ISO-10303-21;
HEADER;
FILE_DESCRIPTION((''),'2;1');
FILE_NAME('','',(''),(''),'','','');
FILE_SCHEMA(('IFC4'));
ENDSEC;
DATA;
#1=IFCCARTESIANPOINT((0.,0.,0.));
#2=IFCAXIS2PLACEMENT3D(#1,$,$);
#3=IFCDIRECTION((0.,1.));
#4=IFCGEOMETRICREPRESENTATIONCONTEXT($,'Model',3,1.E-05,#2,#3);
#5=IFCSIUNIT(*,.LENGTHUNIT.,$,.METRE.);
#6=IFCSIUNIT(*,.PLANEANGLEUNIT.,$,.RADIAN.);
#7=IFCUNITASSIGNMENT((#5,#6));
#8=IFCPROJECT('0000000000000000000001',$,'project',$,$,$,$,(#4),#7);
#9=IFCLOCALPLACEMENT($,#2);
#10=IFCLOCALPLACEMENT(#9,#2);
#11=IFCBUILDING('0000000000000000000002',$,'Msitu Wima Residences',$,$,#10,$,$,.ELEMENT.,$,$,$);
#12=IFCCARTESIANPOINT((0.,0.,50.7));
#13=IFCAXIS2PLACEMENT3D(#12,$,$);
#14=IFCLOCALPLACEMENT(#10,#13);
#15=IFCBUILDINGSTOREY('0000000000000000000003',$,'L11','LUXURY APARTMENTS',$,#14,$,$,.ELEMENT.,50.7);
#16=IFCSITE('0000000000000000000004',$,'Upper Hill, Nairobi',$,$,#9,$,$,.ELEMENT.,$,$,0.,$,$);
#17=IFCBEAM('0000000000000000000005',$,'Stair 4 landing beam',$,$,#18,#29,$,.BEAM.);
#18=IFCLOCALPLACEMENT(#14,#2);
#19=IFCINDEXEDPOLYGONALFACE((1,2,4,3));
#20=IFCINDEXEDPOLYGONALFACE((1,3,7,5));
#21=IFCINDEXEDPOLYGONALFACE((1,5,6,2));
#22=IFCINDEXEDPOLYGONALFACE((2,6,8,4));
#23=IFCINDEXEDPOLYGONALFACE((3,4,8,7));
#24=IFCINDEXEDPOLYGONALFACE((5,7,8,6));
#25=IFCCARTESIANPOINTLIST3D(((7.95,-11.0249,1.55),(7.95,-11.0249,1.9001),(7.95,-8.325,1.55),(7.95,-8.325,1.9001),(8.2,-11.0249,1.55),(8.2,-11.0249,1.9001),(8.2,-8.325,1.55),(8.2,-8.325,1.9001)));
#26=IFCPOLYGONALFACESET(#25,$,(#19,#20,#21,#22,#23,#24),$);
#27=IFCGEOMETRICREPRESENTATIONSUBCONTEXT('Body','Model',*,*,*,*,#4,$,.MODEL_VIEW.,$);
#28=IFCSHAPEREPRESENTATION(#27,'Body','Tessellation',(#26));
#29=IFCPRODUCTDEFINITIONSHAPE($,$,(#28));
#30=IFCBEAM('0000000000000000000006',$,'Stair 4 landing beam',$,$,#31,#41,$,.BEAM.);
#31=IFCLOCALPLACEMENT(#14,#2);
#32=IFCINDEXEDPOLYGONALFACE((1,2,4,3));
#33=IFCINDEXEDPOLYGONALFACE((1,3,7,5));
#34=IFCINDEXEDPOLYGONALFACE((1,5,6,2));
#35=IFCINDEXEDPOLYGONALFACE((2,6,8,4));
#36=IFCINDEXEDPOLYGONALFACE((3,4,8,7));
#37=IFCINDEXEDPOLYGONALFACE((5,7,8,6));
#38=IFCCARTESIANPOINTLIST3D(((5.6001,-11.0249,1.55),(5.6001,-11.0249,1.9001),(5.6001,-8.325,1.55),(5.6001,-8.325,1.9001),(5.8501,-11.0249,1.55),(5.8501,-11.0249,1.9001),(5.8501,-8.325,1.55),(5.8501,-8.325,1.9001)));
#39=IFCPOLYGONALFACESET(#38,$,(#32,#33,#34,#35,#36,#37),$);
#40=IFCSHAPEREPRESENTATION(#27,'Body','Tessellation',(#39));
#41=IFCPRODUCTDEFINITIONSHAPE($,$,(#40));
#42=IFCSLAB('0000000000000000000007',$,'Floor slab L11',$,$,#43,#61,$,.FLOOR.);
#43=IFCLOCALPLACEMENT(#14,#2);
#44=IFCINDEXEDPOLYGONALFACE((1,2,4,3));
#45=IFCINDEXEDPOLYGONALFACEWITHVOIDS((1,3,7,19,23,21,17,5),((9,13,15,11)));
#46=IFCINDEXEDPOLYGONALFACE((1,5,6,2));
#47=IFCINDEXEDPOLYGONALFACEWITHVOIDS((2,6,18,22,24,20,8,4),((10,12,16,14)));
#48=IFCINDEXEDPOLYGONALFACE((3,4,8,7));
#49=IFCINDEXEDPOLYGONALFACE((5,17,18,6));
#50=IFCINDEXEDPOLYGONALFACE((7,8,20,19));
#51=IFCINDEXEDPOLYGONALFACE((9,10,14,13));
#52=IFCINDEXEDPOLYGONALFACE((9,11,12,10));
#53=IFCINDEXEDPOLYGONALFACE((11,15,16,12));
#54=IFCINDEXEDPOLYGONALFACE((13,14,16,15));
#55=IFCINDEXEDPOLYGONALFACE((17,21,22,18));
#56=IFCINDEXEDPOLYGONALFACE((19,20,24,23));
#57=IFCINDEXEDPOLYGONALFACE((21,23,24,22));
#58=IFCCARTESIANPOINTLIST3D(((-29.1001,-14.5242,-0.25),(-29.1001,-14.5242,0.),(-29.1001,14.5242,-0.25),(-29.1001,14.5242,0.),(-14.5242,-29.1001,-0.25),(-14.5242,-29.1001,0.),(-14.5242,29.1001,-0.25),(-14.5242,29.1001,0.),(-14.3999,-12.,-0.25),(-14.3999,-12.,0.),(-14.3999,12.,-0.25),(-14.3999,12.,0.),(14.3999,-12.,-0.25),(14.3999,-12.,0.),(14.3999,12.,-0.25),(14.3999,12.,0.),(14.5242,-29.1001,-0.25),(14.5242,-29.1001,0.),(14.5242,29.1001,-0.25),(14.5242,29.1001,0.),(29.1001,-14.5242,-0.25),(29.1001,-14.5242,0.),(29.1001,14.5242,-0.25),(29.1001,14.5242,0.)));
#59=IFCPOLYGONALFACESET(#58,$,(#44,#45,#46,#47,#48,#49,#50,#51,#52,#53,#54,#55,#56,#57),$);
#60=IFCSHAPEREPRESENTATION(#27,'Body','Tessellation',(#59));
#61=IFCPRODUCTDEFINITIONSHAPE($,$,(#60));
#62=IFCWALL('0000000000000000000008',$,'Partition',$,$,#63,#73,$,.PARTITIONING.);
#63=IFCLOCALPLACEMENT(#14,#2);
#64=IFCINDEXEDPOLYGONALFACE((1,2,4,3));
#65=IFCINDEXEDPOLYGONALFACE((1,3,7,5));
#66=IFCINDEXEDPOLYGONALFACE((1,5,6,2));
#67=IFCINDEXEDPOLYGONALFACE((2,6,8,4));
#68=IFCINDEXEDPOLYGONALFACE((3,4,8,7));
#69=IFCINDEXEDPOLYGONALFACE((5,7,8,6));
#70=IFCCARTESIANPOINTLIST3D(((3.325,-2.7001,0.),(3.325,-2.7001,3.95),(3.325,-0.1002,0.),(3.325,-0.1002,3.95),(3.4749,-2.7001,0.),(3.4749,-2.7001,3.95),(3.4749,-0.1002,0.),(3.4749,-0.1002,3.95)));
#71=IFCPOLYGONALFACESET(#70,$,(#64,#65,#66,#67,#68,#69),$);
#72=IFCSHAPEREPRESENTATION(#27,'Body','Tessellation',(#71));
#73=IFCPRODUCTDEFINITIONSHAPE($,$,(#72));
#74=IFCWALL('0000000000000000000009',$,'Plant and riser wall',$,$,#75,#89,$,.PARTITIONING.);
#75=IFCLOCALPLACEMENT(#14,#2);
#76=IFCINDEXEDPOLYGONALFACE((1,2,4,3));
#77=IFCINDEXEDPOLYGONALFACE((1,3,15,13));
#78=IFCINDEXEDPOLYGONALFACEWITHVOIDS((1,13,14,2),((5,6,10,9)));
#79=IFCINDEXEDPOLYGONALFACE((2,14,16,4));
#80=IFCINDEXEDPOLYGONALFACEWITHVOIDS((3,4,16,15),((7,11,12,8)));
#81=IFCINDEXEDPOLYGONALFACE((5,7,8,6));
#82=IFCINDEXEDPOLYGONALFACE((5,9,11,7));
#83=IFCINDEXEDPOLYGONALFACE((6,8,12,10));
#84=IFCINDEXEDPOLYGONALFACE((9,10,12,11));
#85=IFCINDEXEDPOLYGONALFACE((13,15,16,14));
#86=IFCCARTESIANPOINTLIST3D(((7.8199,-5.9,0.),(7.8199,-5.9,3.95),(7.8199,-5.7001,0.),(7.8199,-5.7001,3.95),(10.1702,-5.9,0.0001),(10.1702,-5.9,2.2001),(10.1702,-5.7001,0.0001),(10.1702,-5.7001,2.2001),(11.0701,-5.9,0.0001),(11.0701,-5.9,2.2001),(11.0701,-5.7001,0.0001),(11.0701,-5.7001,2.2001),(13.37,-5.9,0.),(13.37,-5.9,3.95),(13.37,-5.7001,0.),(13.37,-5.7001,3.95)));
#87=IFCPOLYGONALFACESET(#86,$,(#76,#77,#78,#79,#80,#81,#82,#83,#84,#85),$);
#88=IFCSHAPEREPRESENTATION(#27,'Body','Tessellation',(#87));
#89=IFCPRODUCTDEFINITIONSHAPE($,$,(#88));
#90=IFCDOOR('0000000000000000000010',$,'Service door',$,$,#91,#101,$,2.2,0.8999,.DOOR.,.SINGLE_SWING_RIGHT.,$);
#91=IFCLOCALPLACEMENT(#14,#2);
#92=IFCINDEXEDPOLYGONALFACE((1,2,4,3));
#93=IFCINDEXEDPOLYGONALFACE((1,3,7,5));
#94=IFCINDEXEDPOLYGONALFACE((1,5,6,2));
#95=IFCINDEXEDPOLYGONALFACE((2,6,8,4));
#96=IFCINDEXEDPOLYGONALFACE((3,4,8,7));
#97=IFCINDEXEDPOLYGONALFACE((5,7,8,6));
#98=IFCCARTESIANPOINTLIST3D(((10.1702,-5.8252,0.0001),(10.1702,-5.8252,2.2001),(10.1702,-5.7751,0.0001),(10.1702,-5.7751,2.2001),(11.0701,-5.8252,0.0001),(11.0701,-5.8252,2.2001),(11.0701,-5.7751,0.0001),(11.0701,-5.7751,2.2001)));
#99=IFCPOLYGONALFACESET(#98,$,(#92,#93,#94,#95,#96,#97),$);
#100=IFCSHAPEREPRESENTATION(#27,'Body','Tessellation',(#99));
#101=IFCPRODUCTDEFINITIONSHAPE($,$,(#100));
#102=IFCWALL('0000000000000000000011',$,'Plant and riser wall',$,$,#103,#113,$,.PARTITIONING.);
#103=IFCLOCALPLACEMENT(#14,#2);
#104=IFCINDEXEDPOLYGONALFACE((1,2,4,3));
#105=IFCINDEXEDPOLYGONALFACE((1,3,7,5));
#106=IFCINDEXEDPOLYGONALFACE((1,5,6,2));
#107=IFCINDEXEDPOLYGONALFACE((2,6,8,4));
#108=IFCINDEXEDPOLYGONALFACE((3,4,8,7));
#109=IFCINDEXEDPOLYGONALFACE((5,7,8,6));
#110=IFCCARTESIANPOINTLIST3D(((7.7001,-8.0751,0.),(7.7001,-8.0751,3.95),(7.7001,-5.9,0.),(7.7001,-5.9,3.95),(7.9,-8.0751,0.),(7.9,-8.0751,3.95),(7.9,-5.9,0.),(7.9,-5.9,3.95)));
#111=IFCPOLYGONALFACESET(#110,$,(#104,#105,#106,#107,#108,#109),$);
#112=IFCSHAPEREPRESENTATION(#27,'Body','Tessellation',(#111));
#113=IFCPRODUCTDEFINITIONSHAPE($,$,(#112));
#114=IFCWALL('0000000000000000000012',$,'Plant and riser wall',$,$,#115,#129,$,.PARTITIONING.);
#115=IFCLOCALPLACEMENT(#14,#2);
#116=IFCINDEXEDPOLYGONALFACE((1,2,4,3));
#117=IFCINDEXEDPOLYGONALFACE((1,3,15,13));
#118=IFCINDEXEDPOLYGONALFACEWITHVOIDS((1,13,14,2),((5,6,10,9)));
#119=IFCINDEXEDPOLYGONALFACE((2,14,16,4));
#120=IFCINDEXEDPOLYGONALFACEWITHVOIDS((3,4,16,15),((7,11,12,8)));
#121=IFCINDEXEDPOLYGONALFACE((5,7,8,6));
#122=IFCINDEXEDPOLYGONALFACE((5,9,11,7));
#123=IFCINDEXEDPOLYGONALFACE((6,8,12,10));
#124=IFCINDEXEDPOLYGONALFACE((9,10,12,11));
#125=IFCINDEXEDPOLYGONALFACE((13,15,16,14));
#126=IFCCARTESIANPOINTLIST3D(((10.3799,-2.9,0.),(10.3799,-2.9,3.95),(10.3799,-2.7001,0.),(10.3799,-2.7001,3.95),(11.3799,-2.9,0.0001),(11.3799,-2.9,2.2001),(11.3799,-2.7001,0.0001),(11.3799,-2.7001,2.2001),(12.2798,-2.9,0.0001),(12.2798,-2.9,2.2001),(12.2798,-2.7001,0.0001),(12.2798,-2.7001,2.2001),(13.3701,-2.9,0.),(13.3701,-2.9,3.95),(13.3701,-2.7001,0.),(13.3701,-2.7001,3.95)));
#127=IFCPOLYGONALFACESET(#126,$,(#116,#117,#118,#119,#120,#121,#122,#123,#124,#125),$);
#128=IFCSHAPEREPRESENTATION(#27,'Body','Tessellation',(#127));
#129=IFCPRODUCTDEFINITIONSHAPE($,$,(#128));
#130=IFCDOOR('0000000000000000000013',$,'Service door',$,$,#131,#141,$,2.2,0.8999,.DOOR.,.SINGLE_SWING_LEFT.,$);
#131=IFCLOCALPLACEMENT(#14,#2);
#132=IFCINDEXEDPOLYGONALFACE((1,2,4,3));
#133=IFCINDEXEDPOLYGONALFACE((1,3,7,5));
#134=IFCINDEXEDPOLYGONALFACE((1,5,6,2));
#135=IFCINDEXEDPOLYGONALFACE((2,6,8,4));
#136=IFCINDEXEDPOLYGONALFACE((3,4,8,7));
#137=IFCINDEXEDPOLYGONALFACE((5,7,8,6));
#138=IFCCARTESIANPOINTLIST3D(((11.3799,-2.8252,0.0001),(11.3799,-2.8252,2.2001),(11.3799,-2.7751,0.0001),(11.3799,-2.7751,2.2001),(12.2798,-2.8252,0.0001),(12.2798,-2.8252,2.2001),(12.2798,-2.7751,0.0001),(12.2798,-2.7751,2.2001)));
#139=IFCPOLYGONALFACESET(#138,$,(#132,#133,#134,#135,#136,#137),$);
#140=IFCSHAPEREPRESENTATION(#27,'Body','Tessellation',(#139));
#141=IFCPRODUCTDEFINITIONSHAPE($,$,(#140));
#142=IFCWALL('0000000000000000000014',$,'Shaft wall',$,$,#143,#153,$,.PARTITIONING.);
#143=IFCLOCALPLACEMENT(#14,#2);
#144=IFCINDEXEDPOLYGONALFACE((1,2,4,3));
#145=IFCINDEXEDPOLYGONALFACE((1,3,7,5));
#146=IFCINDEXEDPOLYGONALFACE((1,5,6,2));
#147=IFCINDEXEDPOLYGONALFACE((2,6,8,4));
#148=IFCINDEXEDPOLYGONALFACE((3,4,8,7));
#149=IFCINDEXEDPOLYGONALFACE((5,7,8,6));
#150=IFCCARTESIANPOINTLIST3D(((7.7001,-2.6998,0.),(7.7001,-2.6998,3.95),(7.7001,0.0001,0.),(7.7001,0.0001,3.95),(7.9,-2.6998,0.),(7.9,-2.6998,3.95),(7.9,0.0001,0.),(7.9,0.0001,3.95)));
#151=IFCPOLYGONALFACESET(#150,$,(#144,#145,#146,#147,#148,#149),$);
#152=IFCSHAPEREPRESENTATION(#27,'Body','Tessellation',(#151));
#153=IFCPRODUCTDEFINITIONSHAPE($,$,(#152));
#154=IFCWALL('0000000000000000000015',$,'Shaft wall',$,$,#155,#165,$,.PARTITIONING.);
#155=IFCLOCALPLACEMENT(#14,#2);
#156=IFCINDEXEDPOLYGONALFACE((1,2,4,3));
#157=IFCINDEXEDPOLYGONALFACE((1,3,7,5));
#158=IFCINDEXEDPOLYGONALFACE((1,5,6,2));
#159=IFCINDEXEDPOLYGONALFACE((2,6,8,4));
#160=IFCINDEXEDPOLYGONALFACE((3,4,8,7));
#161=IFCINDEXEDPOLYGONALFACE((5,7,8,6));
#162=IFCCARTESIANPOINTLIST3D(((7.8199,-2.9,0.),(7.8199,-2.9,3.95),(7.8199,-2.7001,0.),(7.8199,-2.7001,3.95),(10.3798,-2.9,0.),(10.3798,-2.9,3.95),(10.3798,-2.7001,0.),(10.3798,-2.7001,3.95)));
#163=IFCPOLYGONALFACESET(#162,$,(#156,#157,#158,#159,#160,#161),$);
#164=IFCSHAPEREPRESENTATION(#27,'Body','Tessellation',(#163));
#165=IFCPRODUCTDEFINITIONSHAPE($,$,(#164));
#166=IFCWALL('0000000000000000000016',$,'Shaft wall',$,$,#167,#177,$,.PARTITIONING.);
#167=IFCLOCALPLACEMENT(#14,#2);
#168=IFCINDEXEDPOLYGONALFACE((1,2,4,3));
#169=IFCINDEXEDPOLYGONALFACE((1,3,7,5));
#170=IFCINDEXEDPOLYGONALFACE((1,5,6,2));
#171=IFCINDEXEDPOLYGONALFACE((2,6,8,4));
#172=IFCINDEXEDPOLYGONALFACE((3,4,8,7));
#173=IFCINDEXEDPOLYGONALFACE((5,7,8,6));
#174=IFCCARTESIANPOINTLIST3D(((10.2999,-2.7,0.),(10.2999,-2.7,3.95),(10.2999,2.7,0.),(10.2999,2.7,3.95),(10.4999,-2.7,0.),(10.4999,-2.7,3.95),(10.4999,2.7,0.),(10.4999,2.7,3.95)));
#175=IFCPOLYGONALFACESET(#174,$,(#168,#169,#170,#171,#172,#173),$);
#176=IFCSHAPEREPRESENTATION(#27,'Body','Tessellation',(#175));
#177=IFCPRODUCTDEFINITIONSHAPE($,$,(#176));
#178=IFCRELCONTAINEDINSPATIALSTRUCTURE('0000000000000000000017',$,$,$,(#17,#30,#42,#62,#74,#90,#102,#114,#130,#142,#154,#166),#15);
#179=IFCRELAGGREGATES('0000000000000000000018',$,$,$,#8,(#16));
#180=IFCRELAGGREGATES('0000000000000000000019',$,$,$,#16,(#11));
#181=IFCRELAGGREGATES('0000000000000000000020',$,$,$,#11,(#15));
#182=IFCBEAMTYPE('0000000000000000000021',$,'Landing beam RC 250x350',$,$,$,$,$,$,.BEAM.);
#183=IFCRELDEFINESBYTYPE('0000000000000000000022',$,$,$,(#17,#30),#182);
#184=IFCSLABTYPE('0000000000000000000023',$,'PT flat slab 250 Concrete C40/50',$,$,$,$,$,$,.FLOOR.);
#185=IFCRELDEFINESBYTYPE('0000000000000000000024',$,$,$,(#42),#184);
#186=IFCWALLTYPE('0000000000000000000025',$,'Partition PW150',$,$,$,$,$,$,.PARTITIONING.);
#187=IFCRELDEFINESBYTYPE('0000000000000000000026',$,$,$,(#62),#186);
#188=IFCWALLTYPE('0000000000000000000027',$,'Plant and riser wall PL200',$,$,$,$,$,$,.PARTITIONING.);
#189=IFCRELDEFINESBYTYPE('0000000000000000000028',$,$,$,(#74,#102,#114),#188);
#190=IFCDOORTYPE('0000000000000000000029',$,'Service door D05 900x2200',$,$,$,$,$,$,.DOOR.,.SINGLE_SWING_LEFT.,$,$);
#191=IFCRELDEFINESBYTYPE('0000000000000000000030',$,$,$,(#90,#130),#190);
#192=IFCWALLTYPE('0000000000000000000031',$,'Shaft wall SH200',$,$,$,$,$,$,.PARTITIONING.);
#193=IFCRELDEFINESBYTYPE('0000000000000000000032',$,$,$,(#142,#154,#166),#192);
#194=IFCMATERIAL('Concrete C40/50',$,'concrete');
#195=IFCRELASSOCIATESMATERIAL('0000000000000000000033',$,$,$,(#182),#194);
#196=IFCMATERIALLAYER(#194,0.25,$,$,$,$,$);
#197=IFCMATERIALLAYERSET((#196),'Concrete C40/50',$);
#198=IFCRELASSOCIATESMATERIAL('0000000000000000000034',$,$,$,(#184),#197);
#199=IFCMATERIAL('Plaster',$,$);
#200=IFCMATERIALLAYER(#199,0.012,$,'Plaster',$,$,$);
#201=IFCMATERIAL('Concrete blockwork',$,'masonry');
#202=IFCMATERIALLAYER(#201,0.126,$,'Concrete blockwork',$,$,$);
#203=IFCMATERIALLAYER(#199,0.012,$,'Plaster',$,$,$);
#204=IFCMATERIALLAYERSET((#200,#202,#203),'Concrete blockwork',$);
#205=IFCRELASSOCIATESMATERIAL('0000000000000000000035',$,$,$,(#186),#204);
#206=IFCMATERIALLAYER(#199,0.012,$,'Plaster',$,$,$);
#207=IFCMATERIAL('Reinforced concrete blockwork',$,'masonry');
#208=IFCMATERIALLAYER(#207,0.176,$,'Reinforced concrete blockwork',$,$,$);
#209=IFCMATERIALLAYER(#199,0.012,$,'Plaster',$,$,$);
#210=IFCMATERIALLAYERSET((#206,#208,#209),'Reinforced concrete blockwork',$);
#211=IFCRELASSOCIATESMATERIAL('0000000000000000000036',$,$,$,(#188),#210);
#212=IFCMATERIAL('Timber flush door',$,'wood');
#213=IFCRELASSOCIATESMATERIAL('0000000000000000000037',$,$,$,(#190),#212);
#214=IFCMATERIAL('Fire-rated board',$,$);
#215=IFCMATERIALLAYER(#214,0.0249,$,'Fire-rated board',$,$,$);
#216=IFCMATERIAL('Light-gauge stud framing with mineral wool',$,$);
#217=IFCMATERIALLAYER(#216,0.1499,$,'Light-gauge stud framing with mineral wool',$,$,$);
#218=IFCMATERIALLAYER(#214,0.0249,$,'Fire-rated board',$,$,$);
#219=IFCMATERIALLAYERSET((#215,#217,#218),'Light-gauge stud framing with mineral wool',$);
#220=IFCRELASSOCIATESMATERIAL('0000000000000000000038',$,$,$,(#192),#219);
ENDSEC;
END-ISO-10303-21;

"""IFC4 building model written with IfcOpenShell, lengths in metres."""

from ifc_helpers import new_model, si_unit, direction, frame, frame_2d, origin, origin_2d, place, context, subcontext, project, spatial, polyline, rectangle, outline, extrude, material, layer, layer_set, material_profile, profile_set, type_object, element, fill, save


model = new_model("IFC4")

# Units and contexts
model_context = context("Model", 3, precision=1e-05, world=origin(), true_north=direction((0.0, 1.0)))
body_context = subcontext(model_context, "Body", "Model", "MODEL_VIEW")
ifc_project = project(units=[si_unit("LENGTHUNIT", "METRE"), si_unit("PLANEANGLEUNIT", "RADIAN")], contexts=[model_context])

# Site, building, storey
site_placement = place(None, origin())
site = spatial("IfcSite", under=ifc_project, at=site_placement, Name="Upper Hill, Nairobi", CompositionType="ELEMENT", RefElevation=0.0)
building_placement = place(site_placement, origin())
building = spatial("IfcBuilding", under=site, at=building_placement, Name="Msitu Wima Residences", CompositionType="ELEMENT")
storey_placement = place(building_placement, frame((0.0, 0.0, 50.7)))
storey = spatial("IfcBuildingStorey", under=building, at=storey_placement, Name="L11", Description="LUXURY APARTMENTS", CompositionType="ELEMENT", Elevation=50.7)

# Beams
ifc_material_1 = material(Name="Concrete C40/50", Category="concrete")
ifc_material_profile = material_profile(ifc_material_1, rectangle(XDim=0.25, YDim=0.3501, at=origin_2d()), Name="RC 250x350")
ifc_profile_set = profile_set([ifc_material_profile], Name="Concrete C40/50")
beam_type = type_object("IfcBeamType", Name="Landing beam RC 250x350", PredefinedType="BEAM", material=ifc_profile_set)
for number, where, z_axis, x_axis, name in (
    (1, (8.075, -11.0249, 1.7251), (0.0, 1.0, 0.0), (-1.0, 0.0, 0.0), "Stair 4 landing beam"),
    (2, (5.7251, -11.0249, 1.7251), (0.0, 1.0, 0.0), (-1.0, 0.0, 0.0), "Stair 4 landing beam"),
):
    element("IfcBeam", number, at=place(storey_placement, frame(where, z_axis=z_axis, x_axis=x_axis)), inside=storey, type_object=beam_type, Name=name, PredefinedType="BEAM", context=body_context, shape_type="SweptSolid", body=[
        extrude(rectangle(XDim=0.25, YDim=0.3501, at=origin_2d()), origin(), (0.0, 0.0, 1.0), 2.7),
    ])

# Slab
ifc_layer_1 = layer(ifc_material_1, 0.25)
ifc_layer_set_1 = layer_set([ifc_layer_1], Name="Concrete C40/50")
slab_type = type_object("IfcSlabType", Name="PT flat slab 250 Concrete C40/50", PredefinedType="FLOOR", material=ifc_layer_set_1)
slab_placement = place(storey_placement, frame((0.0, 0.0, -0.25)))
element("IfcSlab", 3, at=slab_placement, inside=storey, type_object=slab_type, Name="Floor slab L11", PredefinedType="FLOOR", context=body_context, shape_type="SweptSolid", body=[
    extrude(outline(polyline([(29.1001, -14.5242), (14.5242, -29.1001), (-14.5242, -29.1001), (-29.1001, -14.5242), (-29.1001, 14.5242), (-14.5242, 29.1001), (14.5242, 29.1001), (29.1001, 14.5242), (29.1001, -14.5242)]), holes=[polyline([(-14.3999, -12.0), (14.3999, -12.0), (14.3999, 12.0), (-14.3999, 12.0), (-14.3999, -12.0)])]), origin(), (0.0, 0.0, 1.0), 0.25),
])

# Wall
ifc_material_2 = material(Name="Plaster")
ifc_layer_2 = layer(ifc_material_2, 0.012, Name="Plaster")
ifc_material_3 = material(Name="Concrete blockwork", Category="masonry")
ifc_layer_3 = layer(ifc_material_3, 0.126, Name="Concrete blockwork")
ifc_layer_4 = layer(ifc_material_2, 0.012, Name="Plaster")
ifc_layer_set_2 = layer_set([ifc_layer_2, ifc_layer_3, ifc_layer_4], Name="Concrete blockwork")
wall_type_1 = type_object("IfcWallType", Name="Partition PW150", PredefinedType="PARTITIONING", material=ifc_layer_set_2)
wall_1_placement = place(storey_placement, frame((3.3999, -2.7, 0.0), z_axis=(0.0, 0.0, 1.0), x_axis=(0.0, 1.0, 0.0)))
element("IfcWall", 4, at=wall_1_placement, inside=storey, type_object=wall_type_1, Name="Partition", PredefinedType="PARTITIONING", context=body_context, shape_type="SweptSolid", body=[
    extrude(rectangle(XDim=2.5999, YDim=0.1499, at=frame_2d((1.2998, 0.0))), origin(), (0.0, 0.0, 1.0), 3.95),
])

# Wall, opening, door
ifc_layer_5 = layer(ifc_material_2, 0.012, Name="Plaster")
ifc_material_4 = material(Name="Reinforced concrete blockwork", Category="masonry")
ifc_layer_6 = layer(ifc_material_4, 0.176, Name="Reinforced concrete blockwork")
ifc_layer_7 = layer(ifc_material_2, 0.012, Name="Plaster")
ifc_layer_set_3 = layer_set([ifc_layer_5, ifc_layer_6, ifc_layer_7], Name="Reinforced concrete blockwork")
wall_type_2 = type_object("IfcWallType", Name="Plant and riser wall PL200", PredefinedType="PARTITIONING", material=ifc_layer_set_3)
wall_2_placement = place(storey_placement, frame((7.8201, -5.8, 0.0), z_axis=(0.0, 0.0, 1.0), x_axis=(1.0, 0.0, 0.0)))
wall_2 = element("IfcWall", 5, at=wall_2_placement, inside=storey, type_object=wall_type_2, Name="Plant and riser wall", PredefinedType="PARTITIONING", context=body_context, shape_type="SweptSolid", body=[
    extrude(rectangle(XDim=5.55, YDim=0.2, at=frame_2d((2.7749, 0.0))), origin(), (0.0, 0.0, 1.0), 3.95),
])
opening_1_placement = place(wall_2_placement, frame((2.3501, 0.0, 0.0)))
opening_1 = element("IfcOpeningElement", 6, at=opening_1_placement, cuts=wall_2, PredefinedType="OPENING", context=body_context, shape_type="SweptSolid", body=[
    extrude(rectangle(XDim=0.8999, YDim=2.2, at=frame_2d((0.45, 1.1001))), frame((0.0, 0.1099, 0.0), z_axis=(0.0, -1.0, 0.0), x_axis=(1.0, 0.0, 0.0)), (0.0, 0.0, 1.0), 0.22),
])
ifc_material_5 = material(Name="Timber flush door", Category="wood")
door_type_1 = type_object("IfcDoorType", Name="Service door D05 900x2200", OperationType="SINGLE_SWING_LEFT", PredefinedType="DOOR", material=ifc_material_5)
door_1_placement = place(opening_1_placement, origin())
door_1 = element("IfcDoor", 7, at=door_1_placement, inside=storey, type_object=door_type_1, Name="Service door", OperationType="SINGLE_SWING_RIGHT", OverallHeight=2.2, OverallWidth=0.8999, PredefinedType="DOOR", context=body_context, shape_type="SweptSolid", body=[
    extrude(rectangle(XDim=0.8999, YDim=2.2, at=frame_2d((0.45, 1.1001))), frame((0.0, 0.0249, 0.0), z_axis=(0.0, -1.0, 0.0), x_axis=(1.0, 0.0, 0.0)), (0.0, 0.0, 1.0), 0.05),
])
fill(opening_1, door_1)

# Wall
wall_3_placement = place(storey_placement, frame((7.8, -8.075, 0.0), z_axis=(0.0, 0.0, 1.0), x_axis=(0.0, 1.0, 0.0)))
element("IfcWall", 8, at=wall_3_placement, inside=storey, type_object=wall_type_2, Name="Plant and riser wall", PredefinedType="PARTITIONING", context=body_context, shape_type="SweptSolid", body=[
    extrude(rectangle(XDim=2.175, YDim=0.2, at=frame_2d((1.0874, 0.0))), origin(), (0.0, 0.0, 1.0), 3.95),
])

# Wall, opening, door
wall_4_placement = place(storey_placement, frame((10.3799, -2.8, 0.0), z_axis=(0.0, 0.0, 1.0), x_axis=(1.0, 0.0, 0.0)))
wall_4 = element("IfcWall", 9, at=wall_4_placement, inside=storey, type_object=wall_type_2, Name="Plant and riser wall", PredefinedType="PARTITIONING", context=body_context, shape_type="SweptSolid", body=[
    extrude(rectangle(XDim=2.9902, YDim=0.2, at=frame_2d((1.4951, 0.0))), origin(), (0.0, 0.0, 1.0), 3.95),
])
opening_2_placement = place(wall_4_placement, frame((1.0, 0.0, 0.0)))
opening_2 = element("IfcOpeningElement", 10, at=opening_2_placement, cuts=wall_4, PredefinedType="OPENING", context=body_context, shape_type="SweptSolid", body=[
    extrude(rectangle(XDim=0.8999, YDim=2.2, at=frame_2d((0.45, 1.1001))), frame((0.0, 0.1099, 0.0), z_axis=(0.0, -1.0, 0.0), x_axis=(1.0, 0.0, 0.0)), (0.0, 0.0, 1.0), 0.22),
])
door_2_placement = place(opening_2_placement, origin())
door_2 = element("IfcDoor", 11, at=door_2_placement, inside=storey, type_object=door_type_1, Name="Service door", OperationType="SINGLE_SWING_LEFT", OverallHeight=2.2, OverallWidth=0.8999, PredefinedType="DOOR", context=body_context, shape_type="SweptSolid", body=[
    extrude(rectangle(XDim=0.8999, YDim=2.2, at=frame_2d((0.45, 1.1001))), frame((0.0, 0.0249, 0.0), z_axis=(0.0, -1.0, 0.0), x_axis=(1.0, 0.0, 0.0)), (0.0, 0.0, 1.0), 0.05),
])
fill(opening_2, door_2)

# Walls
ifc_material_6 = material(Name="Fire-rated board")
ifc_layer_8 = layer(ifc_material_6, 0.0249, Name="Fire-rated board")
ifc_material_7 = material(Name="Light-gauge stud framing with mineral wool")
ifc_layer_9 = layer(ifc_material_7, 0.1499, Name="Light-gauge stud framing with mineral wool")
ifc_layer_10 = layer(ifc_material_6, 0.0249, Name="Fire-rated board")
ifc_layer_set_4 = layer_set([ifc_layer_8, ifc_layer_9, ifc_layer_10], Name="Light-gauge stud framing with mineral wool")
wall_type_3 = type_object("IfcWallType", Name="Shaft wall SH200", PredefinedType="PARTITIONING", material=ifc_layer_set_4)
wall_5_placement = place(storey_placement, frame((7.8, -2.7, 0.0), z_axis=(0.0, 0.0, 1.0), x_axis=(0.0, 1.0, 0.0)))
element("IfcWall", 12, at=wall_5_placement, inside=storey, type_object=wall_type_3, Name="Shaft wall", PredefinedType="PARTITIONING", context=body_context, shape_type="SweptSolid", body=[
    extrude(rectangle(XDim=2.7, YDim=0.2, at=frame_2d((1.3501, 0.0))), origin(), (0.0, 0.0, 1.0), 3.95),
])
wall_6_placement = place(storey_placement, frame((7.8201, -2.8, 0.0), z_axis=(0.0, 0.0, 1.0), x_axis=(1.0, 0.0, 0.0)))
element("IfcWall", 13, at=wall_6_placement, inside=storey, type_object=wall_type_3, Name="Shaft wall", PredefinedType="PARTITIONING", context=body_context, shape_type="SweptSolid", body=[
    extrude(rectangle(XDim=2.5598, YDim=0.2, at=frame_2d((1.2798, 0.0))), origin(), (0.0, 0.0, 1.0), 3.95),
])
wall_7_placement = place(storey_placement, frame((10.3999, -2.7, 0.0), z_axis=(0.0, 0.0, 1.0), x_axis=(0.0, 1.0, 0.0)))
element("IfcWall", 14, at=wall_7_placement, inside=storey, type_object=wall_type_3, Name="Shaft wall", PredefinedType="PARTITIONING", context=body_context, shape_type="SweptSolid", body=[
    extrude(rectangle(XDim=5.3999, YDim=0.2, at=frame_2d((2.7, 0.0))), origin(), (0.0, 0.0, 1.0), 3.95),
])

save(model, "model.ifc")
